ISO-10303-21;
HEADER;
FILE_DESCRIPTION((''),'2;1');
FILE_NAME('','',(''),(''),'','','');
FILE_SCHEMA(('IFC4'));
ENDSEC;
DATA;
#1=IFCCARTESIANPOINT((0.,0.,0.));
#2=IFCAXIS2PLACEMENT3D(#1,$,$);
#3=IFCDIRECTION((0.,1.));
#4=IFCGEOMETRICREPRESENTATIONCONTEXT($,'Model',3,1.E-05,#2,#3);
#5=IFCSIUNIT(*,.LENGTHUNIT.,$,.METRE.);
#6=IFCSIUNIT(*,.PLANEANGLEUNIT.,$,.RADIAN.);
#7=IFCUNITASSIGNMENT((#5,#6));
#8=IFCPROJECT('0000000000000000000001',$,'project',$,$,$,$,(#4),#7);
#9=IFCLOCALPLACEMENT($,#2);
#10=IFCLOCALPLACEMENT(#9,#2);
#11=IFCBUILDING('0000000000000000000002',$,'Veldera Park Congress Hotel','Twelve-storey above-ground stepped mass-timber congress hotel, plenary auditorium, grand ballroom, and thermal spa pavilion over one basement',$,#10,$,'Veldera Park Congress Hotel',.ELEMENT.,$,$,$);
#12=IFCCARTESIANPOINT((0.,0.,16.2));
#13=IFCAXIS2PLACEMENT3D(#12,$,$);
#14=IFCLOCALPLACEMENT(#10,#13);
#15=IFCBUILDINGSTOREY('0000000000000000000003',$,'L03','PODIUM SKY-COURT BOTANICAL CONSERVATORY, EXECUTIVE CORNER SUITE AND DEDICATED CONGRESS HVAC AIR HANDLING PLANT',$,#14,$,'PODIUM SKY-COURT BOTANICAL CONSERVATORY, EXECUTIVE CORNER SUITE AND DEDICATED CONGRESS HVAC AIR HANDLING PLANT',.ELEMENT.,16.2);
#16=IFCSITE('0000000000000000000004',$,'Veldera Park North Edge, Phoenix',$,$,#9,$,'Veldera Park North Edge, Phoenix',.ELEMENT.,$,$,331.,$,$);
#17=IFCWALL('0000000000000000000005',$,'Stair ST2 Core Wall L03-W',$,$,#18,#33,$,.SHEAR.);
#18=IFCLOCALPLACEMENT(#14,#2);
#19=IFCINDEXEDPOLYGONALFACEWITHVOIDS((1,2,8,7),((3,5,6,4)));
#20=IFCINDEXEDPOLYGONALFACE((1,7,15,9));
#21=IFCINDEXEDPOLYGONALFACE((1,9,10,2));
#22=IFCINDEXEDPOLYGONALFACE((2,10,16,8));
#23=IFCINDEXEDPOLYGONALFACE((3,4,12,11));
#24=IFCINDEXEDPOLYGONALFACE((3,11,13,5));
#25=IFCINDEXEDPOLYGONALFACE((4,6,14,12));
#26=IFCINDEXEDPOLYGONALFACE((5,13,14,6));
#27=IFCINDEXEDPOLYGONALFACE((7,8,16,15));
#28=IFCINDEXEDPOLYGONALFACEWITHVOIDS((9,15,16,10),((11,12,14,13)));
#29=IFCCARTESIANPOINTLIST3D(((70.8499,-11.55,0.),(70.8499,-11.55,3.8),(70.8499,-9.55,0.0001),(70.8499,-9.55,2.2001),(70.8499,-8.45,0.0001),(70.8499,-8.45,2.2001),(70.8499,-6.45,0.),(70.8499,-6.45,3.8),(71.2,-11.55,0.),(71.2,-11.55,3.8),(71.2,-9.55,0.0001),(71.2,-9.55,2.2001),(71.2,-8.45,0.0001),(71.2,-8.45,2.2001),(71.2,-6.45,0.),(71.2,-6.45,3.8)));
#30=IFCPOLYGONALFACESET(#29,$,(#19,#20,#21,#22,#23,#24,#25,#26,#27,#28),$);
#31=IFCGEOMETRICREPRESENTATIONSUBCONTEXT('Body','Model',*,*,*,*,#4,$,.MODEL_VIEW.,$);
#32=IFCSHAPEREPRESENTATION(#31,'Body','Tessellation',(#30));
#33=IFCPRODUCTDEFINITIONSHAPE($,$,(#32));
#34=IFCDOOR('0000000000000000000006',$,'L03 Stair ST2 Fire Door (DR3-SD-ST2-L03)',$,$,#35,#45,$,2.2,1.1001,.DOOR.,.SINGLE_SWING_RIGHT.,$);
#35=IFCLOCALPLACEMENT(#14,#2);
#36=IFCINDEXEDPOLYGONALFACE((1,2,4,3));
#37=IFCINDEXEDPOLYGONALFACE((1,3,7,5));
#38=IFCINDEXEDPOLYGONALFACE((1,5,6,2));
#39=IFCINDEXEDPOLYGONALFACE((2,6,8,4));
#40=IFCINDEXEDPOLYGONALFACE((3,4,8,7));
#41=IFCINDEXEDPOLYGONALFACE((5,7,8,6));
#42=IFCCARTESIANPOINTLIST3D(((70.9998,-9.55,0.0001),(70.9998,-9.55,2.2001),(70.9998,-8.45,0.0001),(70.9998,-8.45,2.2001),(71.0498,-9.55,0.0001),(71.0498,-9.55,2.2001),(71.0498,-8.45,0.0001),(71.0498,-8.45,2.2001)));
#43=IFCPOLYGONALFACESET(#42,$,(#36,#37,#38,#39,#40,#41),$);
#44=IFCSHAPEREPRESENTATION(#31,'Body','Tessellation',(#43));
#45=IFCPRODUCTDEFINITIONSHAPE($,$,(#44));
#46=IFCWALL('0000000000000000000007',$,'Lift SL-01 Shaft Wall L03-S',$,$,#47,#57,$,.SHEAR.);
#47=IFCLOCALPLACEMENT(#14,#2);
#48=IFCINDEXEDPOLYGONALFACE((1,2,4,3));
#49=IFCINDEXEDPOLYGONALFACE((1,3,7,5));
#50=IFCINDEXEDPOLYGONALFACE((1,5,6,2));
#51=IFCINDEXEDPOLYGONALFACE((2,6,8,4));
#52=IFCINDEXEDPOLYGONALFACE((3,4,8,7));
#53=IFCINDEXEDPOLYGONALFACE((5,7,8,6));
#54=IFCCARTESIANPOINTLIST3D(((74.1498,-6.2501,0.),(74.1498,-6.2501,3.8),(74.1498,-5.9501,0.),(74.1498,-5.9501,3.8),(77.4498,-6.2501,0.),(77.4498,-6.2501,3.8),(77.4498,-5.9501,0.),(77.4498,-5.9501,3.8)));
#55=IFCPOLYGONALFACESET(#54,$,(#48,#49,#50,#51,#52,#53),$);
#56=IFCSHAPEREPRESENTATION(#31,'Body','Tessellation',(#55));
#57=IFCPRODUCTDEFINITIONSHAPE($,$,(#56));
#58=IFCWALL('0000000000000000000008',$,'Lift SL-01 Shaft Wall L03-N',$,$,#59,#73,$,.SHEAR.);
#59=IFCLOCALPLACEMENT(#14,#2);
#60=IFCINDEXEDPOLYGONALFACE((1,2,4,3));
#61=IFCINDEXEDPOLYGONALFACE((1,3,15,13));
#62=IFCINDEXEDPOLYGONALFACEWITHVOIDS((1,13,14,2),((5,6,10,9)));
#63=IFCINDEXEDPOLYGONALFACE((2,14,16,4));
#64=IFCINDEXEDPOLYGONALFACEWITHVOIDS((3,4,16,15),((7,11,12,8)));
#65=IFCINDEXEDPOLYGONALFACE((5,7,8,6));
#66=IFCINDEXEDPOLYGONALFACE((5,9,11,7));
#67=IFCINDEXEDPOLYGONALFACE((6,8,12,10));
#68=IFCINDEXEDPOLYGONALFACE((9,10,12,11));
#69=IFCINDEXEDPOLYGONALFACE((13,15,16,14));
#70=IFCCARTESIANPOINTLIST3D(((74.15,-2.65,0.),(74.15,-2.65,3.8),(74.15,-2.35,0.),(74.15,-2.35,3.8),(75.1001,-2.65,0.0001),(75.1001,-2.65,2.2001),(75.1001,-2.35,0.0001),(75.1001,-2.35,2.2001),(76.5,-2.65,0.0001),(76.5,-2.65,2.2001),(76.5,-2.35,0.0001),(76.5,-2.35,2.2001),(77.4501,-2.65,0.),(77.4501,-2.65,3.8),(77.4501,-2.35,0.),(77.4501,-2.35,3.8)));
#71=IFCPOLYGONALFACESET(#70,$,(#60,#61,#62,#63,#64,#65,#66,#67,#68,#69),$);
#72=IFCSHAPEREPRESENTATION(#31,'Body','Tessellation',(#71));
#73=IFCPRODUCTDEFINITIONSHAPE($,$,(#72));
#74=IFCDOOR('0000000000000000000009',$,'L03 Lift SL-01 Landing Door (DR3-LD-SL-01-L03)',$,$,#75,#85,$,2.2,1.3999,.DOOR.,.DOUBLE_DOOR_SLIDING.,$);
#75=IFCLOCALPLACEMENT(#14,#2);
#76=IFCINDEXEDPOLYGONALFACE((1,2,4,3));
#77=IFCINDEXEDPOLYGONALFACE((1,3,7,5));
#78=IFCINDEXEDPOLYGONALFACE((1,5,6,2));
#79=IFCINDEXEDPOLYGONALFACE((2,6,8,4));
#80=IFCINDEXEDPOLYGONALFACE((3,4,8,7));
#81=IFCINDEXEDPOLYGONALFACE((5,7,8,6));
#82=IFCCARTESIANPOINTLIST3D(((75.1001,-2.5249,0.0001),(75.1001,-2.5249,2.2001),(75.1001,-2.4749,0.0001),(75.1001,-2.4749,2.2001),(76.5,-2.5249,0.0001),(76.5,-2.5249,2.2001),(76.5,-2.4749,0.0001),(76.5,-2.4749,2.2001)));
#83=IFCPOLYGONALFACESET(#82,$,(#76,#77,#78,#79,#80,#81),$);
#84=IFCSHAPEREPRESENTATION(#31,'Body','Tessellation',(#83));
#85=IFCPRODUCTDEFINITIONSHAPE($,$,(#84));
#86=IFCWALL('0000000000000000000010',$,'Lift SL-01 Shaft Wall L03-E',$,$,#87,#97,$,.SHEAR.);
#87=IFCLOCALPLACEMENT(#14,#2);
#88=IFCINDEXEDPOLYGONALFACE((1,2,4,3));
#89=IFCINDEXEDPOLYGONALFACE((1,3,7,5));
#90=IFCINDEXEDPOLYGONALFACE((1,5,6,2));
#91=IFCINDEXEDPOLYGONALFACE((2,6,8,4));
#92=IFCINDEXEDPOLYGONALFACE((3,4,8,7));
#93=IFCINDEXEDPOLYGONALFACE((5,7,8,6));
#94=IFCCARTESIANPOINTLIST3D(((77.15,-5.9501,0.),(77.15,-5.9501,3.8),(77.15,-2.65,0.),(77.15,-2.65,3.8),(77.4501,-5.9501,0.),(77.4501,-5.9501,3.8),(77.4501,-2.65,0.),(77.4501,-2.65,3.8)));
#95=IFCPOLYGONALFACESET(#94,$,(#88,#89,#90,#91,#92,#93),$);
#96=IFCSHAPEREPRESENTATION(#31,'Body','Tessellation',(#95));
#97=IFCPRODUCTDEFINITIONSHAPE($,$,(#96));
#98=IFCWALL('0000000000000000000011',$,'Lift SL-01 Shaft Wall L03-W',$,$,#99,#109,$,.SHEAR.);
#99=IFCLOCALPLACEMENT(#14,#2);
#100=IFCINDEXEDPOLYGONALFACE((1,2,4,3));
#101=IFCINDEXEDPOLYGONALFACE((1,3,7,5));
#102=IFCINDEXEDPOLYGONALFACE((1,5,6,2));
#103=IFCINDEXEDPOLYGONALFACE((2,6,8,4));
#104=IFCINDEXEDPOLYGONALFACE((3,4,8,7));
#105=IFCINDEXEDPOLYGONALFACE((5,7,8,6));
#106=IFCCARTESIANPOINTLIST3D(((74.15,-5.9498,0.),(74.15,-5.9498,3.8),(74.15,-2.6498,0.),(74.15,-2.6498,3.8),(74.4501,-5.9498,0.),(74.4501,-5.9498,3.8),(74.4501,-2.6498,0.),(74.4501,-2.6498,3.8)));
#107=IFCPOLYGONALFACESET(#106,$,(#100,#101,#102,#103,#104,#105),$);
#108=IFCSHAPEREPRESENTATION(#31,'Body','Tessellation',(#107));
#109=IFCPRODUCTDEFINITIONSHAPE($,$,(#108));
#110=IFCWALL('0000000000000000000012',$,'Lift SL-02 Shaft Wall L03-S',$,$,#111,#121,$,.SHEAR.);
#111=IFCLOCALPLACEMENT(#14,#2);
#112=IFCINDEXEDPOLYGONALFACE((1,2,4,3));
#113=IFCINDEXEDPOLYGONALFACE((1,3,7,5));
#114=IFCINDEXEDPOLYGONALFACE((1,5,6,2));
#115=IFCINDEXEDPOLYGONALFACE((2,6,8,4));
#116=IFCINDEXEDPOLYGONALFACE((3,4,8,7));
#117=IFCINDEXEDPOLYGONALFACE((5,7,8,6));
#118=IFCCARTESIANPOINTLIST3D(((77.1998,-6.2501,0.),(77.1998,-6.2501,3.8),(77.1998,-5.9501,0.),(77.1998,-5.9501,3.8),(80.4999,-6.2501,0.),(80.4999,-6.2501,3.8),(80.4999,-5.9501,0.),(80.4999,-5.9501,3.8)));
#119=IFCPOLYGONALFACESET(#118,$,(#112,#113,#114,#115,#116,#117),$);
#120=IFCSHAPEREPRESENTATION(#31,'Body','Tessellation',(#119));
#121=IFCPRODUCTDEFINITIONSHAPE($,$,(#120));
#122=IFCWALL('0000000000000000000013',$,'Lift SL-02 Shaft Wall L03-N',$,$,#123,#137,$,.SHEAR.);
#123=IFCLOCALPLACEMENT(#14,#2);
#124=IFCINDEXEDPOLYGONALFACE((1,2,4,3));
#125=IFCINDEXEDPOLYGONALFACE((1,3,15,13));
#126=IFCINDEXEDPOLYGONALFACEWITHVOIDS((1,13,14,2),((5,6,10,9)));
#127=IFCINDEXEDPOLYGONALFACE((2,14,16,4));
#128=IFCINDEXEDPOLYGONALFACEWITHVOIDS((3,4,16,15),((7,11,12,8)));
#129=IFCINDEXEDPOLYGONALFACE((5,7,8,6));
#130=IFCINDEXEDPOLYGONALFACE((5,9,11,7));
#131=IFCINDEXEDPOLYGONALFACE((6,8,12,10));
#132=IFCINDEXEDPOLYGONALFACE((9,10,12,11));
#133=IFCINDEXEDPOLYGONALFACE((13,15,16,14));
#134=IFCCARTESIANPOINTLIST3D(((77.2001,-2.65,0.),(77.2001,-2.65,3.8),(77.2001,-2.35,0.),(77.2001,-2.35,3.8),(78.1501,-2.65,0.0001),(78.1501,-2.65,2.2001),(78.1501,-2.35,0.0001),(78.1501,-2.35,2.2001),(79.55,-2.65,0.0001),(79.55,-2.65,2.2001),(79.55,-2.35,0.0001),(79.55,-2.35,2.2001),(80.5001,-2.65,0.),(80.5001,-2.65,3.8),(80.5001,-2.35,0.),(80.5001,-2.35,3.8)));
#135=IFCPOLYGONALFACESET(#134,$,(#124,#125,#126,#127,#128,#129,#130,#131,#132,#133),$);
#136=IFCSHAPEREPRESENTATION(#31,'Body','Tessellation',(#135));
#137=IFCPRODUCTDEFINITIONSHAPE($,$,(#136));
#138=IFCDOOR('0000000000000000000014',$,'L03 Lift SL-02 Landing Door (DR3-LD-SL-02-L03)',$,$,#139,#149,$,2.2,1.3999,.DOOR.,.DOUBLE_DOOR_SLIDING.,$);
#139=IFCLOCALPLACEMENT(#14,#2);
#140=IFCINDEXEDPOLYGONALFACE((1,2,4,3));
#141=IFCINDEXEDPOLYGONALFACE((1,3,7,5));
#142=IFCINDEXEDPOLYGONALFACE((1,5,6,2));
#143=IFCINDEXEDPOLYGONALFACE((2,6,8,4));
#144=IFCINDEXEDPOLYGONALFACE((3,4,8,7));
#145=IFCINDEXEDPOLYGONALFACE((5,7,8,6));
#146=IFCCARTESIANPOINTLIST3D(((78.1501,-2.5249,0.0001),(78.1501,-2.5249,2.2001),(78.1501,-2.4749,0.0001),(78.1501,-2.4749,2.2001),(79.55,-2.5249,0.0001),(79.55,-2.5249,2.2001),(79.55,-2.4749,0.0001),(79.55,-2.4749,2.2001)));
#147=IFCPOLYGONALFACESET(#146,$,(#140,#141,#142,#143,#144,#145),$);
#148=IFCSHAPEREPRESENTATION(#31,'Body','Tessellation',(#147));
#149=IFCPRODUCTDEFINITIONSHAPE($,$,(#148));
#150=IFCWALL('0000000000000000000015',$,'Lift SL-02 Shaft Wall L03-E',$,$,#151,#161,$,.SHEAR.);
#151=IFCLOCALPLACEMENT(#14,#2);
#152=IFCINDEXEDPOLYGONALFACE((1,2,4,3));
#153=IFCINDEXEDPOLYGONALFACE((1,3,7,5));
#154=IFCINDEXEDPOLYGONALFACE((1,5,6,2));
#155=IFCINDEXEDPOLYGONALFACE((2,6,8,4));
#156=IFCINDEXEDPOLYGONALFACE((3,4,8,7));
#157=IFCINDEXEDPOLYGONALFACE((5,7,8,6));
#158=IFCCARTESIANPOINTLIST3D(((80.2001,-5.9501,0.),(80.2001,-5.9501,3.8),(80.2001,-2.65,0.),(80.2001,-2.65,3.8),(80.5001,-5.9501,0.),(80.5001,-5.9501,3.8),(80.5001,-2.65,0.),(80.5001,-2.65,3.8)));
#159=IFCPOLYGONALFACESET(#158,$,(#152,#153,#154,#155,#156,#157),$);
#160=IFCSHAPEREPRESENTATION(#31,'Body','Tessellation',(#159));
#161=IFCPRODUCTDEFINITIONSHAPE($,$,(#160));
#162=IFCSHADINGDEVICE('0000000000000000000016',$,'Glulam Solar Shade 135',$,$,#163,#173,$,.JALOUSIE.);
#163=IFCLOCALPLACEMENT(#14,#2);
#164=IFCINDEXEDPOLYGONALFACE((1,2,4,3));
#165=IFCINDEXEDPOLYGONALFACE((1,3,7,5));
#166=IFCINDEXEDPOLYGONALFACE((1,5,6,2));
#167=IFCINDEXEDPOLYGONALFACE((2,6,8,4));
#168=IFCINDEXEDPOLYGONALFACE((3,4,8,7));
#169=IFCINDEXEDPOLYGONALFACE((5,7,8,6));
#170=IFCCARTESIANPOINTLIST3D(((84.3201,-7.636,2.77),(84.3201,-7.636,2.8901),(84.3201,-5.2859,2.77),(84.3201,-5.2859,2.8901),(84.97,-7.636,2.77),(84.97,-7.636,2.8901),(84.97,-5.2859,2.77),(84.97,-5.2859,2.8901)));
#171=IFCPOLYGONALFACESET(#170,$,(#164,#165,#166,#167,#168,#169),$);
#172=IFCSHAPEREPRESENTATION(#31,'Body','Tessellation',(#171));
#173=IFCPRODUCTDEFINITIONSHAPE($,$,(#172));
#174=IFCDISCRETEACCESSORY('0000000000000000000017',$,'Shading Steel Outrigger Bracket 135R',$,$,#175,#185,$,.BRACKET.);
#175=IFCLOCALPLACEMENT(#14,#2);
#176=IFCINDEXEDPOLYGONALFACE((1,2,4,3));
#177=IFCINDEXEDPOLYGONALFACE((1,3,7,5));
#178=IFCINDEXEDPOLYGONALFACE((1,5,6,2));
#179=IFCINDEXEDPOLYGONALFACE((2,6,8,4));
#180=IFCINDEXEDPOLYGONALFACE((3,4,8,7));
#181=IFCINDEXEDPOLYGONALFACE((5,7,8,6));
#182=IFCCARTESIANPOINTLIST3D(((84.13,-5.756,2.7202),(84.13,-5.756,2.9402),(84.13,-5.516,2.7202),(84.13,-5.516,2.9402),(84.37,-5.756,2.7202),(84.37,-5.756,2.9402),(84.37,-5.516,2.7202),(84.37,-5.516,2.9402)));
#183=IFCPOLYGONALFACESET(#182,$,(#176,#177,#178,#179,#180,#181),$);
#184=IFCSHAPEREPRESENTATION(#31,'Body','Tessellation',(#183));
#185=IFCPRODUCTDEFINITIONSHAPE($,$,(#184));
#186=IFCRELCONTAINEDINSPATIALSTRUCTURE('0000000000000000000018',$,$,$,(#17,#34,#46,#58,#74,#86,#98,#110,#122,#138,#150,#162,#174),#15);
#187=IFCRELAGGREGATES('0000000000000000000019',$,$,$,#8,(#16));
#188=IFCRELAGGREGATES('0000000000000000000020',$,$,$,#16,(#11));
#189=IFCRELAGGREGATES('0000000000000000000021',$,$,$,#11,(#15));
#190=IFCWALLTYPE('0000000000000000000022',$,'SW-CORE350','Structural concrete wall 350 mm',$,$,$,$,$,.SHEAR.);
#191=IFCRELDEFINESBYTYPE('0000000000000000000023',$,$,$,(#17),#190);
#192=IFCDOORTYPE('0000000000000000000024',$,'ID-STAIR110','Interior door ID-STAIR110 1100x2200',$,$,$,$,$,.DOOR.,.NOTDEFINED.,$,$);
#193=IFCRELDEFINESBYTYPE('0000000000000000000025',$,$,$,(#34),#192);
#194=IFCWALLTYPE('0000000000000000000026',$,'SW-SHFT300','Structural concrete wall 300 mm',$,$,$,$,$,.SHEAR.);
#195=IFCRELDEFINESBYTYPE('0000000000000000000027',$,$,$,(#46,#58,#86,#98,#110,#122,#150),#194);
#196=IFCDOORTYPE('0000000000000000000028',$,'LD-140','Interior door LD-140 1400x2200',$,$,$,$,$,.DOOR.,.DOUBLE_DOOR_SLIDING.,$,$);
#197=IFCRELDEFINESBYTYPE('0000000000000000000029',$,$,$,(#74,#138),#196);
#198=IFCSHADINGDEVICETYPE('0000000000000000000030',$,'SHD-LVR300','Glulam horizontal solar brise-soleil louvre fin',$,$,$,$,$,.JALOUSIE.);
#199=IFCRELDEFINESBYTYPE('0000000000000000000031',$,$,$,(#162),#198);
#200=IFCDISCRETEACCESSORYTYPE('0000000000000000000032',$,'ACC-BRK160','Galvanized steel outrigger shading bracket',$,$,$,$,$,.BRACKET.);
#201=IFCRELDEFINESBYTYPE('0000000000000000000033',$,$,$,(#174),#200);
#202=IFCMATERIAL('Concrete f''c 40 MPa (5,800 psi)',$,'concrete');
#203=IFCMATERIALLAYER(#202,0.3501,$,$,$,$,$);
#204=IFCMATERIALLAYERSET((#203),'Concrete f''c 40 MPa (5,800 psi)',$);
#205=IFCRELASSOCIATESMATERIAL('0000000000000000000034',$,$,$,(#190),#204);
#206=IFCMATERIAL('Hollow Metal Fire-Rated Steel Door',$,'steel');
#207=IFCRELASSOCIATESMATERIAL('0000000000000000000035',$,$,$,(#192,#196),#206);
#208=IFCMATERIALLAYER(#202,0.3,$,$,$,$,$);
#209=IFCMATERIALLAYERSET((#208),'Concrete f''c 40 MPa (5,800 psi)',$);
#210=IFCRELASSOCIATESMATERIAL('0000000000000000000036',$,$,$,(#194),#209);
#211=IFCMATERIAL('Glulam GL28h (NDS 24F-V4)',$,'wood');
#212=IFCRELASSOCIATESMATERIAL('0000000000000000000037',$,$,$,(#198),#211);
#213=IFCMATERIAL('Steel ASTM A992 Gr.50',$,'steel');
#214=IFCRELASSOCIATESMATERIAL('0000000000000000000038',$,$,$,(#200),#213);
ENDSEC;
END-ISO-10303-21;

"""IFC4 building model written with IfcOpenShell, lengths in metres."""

from ifc_helpers import new_model, si_unit, direction, frame, frame_2d, origin, origin_2d, place, context, subcontext, project, spatial, rectangle, extrude, material, layer, layer_set, type_object, element, fill, save


model = new_model("IFC4")

# Units and contexts
model_context = context("Model", 3, precision=1e-05, world=origin(), true_north=direction((0.0, 1.0)))
body_context = subcontext(model_context, "Body", "Model", "MODEL_VIEW")
ifc_project = project(units=[si_unit("LENGTHUNIT", "METRE"), si_unit("PLANEANGLEUNIT", "RADIAN")], contexts=[model_context])

# Site, building, storey
site_placement = place(None, origin())
site = spatial("IfcSite", under=ifc_project, at=site_placement, Name="Veldera Park North Edge, Phoenix", LongName="Veldera Park North Edge, Phoenix", CompositionType="ELEMENT", RefElevation=331.0)
building_placement = place(site_placement, origin())
building = spatial("IfcBuilding", under=site, at=building_placement, Name="Veldera Park Congress Hotel", Description="Twelve-storey above-ground stepped mass-timber congress hotel, plenary auditorium, grand ballroom, and thermal spa pavilion over one basement", LongName="Veldera Park Congress Hotel", CompositionType="ELEMENT")
storey_placement = place(building_placement, frame((0.0, 0.0, 16.2)))
storey = spatial("IfcBuildingStorey", under=building, at=storey_placement, Name="L03", Description="PODIUM SKY-COURT BOTANICAL CONSERVATORY, EXECUTIVE CORNER SUITE AND DEDICATED CONGRESS HVAC AIR HANDLING PLANT", LongName="PODIUM SKY-COURT BOTANICAL CONSERVATORY, EXECUTIVE CORNER SUITE AND DEDICATED CONGRESS HVAC AIR HANDLING PLANT", CompositionType="ELEMENT", Elevation=16.2)

# Shared definitions
ifc_material_1 = material(Name="Glulam GL28h (NDS 24F-V4)", Category="wood")

# Shared definitions
ifc_material_2 = material(Name="Concrete f'c 40 MPa (5,800 psi)", Category="concrete")

# Wall, opening, door
ifc_layer_1 = layer(ifc_material_2, 0.3501)
ifc_layer_set_1 = layer_set([ifc_layer_1], Name="Concrete f'c 40 MPa (5,800 psi)")
wall_type_1 = type_object("IfcWallType", Name="SW-CORE350", Description="Structural concrete wall 350 mm", PredefinedType="SHEAR", material=ifc_layer_set_1)
wall_1_placement = place(storey_placement, frame((71.0249, -6.45, 0.0), z_axis=(0.0, 0.0, 1.0), x_axis=(0.0, -1.0, 0.0)))
wall_1 = element("IfcWall", 1, at=wall_1_placement, inside=storey, type_object=wall_type_1, Name="Stair ST2 Core Wall L03-W", PredefinedType="SHEAR", context=body_context, shape_type="SweptSolid", body=[
    extrude(rectangle(XDim=5.1001, YDim=0.3501, at=frame_2d((2.55, 0.0))), origin(), (0.0, 0.0, 1.0), 3.8),
])
opening_1_placement = place(wall_1_placement, frame((2.0, 0.0, 0.0)))
opening_1 = element("IfcOpeningElement", 2, at=opening_1_placement, cuts=wall_1, PredefinedType="OPENING", context=body_context, shape_type="SweptSolid", body=[
    extrude(rectangle(XDim=1.1001, YDim=2.2, at=frame_2d((0.55, 1.1001))), frame((0.0, 0.187, 0.0), z_axis=(0.0, -1.0, 0.0), x_axis=(1.0, 0.0, 0.0)), (0.0, 0.0, 1.0), 0.374),
])
ifc_material_3 = material(Name="Hollow Metal Fire-Rated Steel Door", Category="steel")
door_type_1 = type_object("IfcDoorType", Name="ID-STAIR110", Description="Interior door ID-STAIR110 1100x2200", OperationType="NOTDEFINED", PredefinedType="DOOR", material=ifc_material_3)
door_1_placement = place(opening_1_placement, origin())
door_1 = element("IfcDoor", 3, at=door_1_placement, inside=storey, type_object=door_type_1, Name="L03 Stair ST2 Fire Door (DR3-SD-ST2-L03)", OperationType="SINGLE_SWING_RIGHT", OverallHeight=2.2, OverallWidth=1.1001, PredefinedType="DOOR", context=body_context, shape_type="SweptSolid", body=[
    extrude(rectangle(XDim=1.1001, YDim=2.2, at=frame_2d((0.55, 1.1001))), frame((0.0, 0.0249, 0.0), z_axis=(0.0, -1.0, 0.0), x_axis=(1.0, 0.0, 0.0)), (0.0, 0.0, 1.0), 0.05),
])
fill(opening_1, door_1)

# Wall
ifc_layer_2 = layer(ifc_material_2, 0.3)
ifc_layer_set_2 = layer_set([ifc_layer_2], Name="Concrete f'c 40 MPa (5,800 psi)")
wall_type_2 = type_object("IfcWallType", Name="SW-SHFT300", Description="Structural concrete wall 300 mm", PredefinedType="SHEAR", material=ifc_layer_set_2)
wall_2_placement = place(storey_placement, frame((74.1499, -6.1001, 0.0), z_axis=(0.0, 0.0, 1.0), x_axis=(1.0, 0.0, 0.0)))
element("IfcWall", 4, at=wall_2_placement, inside=storey, type_object=wall_type_2, Name="Lift SL-01 Shaft Wall L03-S", PredefinedType="SHEAR", context=body_context, shape_type="SweptSolid", body=[
    extrude(rectangle(XDim=3.3, YDim=0.3, at=frame_2d((1.6499, 0.0))), origin(), (0.0, 0.0, 1.0), 3.8),
])

# Wall, opening, door
wall_3_placement = place(storey_placement, frame((77.45, -2.5, 0.0), z_axis=(0.0, 0.0, 1.0), x_axis=(-1.0, 0.0, 0.0)))
wall_3 = element("IfcWall", 5, at=wall_3_placement, inside=storey, type_object=wall_type_2, Name="Lift SL-01 Shaft Wall L03-N", PredefinedType="SHEAR", context=body_context, shape_type="SweptSolid", body=[
    extrude(rectangle(XDim=3.3, YDim=0.3, at=frame_2d((1.6499, 0.0))), origin(), (0.0, 0.0, 1.0), 3.8),
])
opening_2_placement = place(wall_3_placement, frame((0.95, 0.0, 0.0)))
opening_2 = element("IfcOpeningElement", 6, at=opening_2_placement, cuts=wall_3, PredefinedType="OPENING", context=body_context, shape_type="SweptSolid", body=[
    extrude(rectangle(XDim=1.3999, YDim=2.2, at=frame_2d((0.7, 1.1001))), frame((0.0, 0.1621, 0.0), z_axis=(0.0, -1.0, 0.0), x_axis=(1.0, 0.0, 0.0)), (0.0, 0.0, 1.0), 0.324),
])
door_type_2 = type_object("IfcDoorType", Name="LD-140", Description="Interior door LD-140 1400x2200", OperationType="DOUBLE_DOOR_SLIDING", PredefinedType="DOOR", material=ifc_material_3)
door_2_placement = place(opening_2_placement, origin())
door_2 = element("IfcDoor", 7, at=door_2_placement, inside=storey, type_object=door_type_2, Name="L03 Lift SL-01 Landing Door (DR3-LD-SL-01-L03)", OperationType="DOUBLE_DOOR_SLIDING", OverallHeight=2.2, OverallWidth=1.3999, PredefinedType="DOOR", context=body_context, shape_type="SweptSolid", body=[
    extrude(rectangle(XDim=1.3999, YDim=2.2, at=frame_2d((0.7, 1.1001))), frame((0.0, 0.0249, 0.0), z_axis=(0.0, -1.0, 0.0), x_axis=(1.0, 0.0, 0.0)), (0.0, 0.0, 1.0), 0.05),
])
fill(opening_2, door_2)

# Walls
for number, where, z_axis, x_axis, name in (
    (8, (77.3, -5.95, 0.0), (0.0, 0.0, 1.0), (0.0, 1.0, 0.0), "Lift SL-01 Shaft Wall L03-E"),
    (9, (74.3, -2.6499, 0.0), (0.0, 0.0, 1.0), (0.0, -1.0, 0.0), "Lift SL-01 Shaft Wall L03-W"),
    (10, (77.2, -6.1001, 0.0), (0.0, 0.0, 1.0), (1.0, 0.0, 0.0), "Lift SL-02 Shaft Wall L03-S"),
):
    element("IfcWall", number, at=place(storey_placement, frame(where, z_axis=z_axis, x_axis=x_axis)), inside=storey, type_object=wall_type_2, Name=name, PredefinedType="SHEAR", context=body_context, shape_type="SweptSolid", body=[
        extrude(rectangle(XDim=3.3, YDim=0.3, at=frame_2d((1.6499, 0.0))), origin(), (0.0, 0.0, 1.0), 3.8),
    ])

# Wall, opening, door
wall_4_placement = place(storey_placement, frame((80.5, -2.5, 0.0), z_axis=(0.0, 0.0, 1.0), x_axis=(-1.0, 0.0, 0.0)))
wall_4 = element("IfcWall", 11, at=wall_4_placement, inside=storey, type_object=wall_type_2, Name="Lift SL-02 Shaft Wall L03-N", PredefinedType="SHEAR", context=body_context, shape_type="SweptSolid", body=[
    extrude(rectangle(XDim=3.3, YDim=0.3, at=frame_2d((1.6499, 0.0))), origin(), (0.0, 0.0, 1.0), 3.8),
])
opening_3_placement = place(wall_4_placement, frame((0.95, 0.0, 0.0)))
opening_3 = element("IfcOpeningElement", 12, at=opening_3_placement, cuts=wall_4, PredefinedType="OPENING", context=body_context, shape_type="SweptSolid", body=[
    extrude(rectangle(XDim=1.3999, YDim=2.2, at=frame_2d((0.7, 1.1001))), frame((0.0, 0.1621, 0.0), z_axis=(0.0, -1.0, 0.0), x_axis=(1.0, 0.0, 0.0)), (0.0, 0.0, 1.0), 0.324),
])
door_3_placement = place(opening_3_placement, origin())
door_3 = element("IfcDoor", 13, at=door_3_placement, inside=storey, type_object=door_type_2, Name="L03 Lift SL-02 Landing Door (DR3-LD-SL-02-L03)", OperationType="DOUBLE_DOOR_SLIDING", OverallHeight=2.2, OverallWidth=1.3999, PredefinedType="DOOR", context=body_context, shape_type="SweptSolid", body=[
    extrude(rectangle(XDim=1.3999, YDim=2.2, at=frame_2d((0.7, 1.1001))), frame((0.0, 0.0249, 0.0), z_axis=(0.0, -1.0, 0.0), x_axis=(1.0, 0.0, 0.0)), (0.0, 0.0, 1.0), 0.05),
])
fill(opening_3, door_3)

# Wall
wall_5_placement = place(storey_placement, frame((80.3501, -5.95, 0.0), z_axis=(0.0, 0.0, 1.0), x_axis=(0.0, 1.0, 0.0)))
element("IfcWall", 14, at=wall_5_placement, inside=storey, type_object=wall_type_2, Name="Lift SL-02 Shaft Wall L03-E", PredefinedType="SHEAR", context=body_context, shape_type="SweptSolid", body=[
    extrude(rectangle(XDim=3.3, YDim=0.3, at=frame_2d((1.6499, 0.0))), origin(), (0.0, 0.0, 1.0), 3.8),
])

# Shading device
shading_device_type = type_object("IfcShadingDeviceType", Name="SHD-LVR300", Description="Glulam horizontal solar brise-soleil louvre fin", PredefinedType="JALOUSIE", material=ifc_material_1)
shading_device_placement = place(storey_placement, frame((84.645, -6.4609, 2.77), z_axis=(0.0, 0.0, 1.0), x_axis=(0.0, 1.0, 0.0)))
element("IfcShadingDevice", 15, at=shading_device_placement, inside=storey, type_object=shading_device_type, Name="Glulam Solar Shade 135", PredefinedType="JALOUSIE", context=body_context, shape_type="SweptSolid", body=[
    extrude(rectangle(XDim=2.3501, YDim=0.6499, at=origin_2d()), origin(), (0.0, 0.0, 1.0), 0.1201),
])

# Discrete accessory
ifc_material_4 = material(Name="Steel ASTM A992 Gr.50", Category="steel")
discrete_accessory_type = type_object("IfcDiscreteAccessoryType", Name="ACC-BRK160", Description="Galvanized steel outrigger shading bracket", PredefinedType="BRACKET", material=ifc_material_4)
discrete_accessory_placement = place(storey_placement, frame((84.25, -5.636, 2.7202), z_axis=(0.0, 0.0, 1.0), x_axis=(0.0, 1.0, 0.0)))
element("IfcDiscreteAccessory", 16, at=discrete_accessory_placement, inside=storey, type_object=discrete_accessory_type, Name="Shading Steel Outrigger Bracket 135R", PredefinedType="BRACKET", context=body_context, shape_type="SweptSolid", body=[
    extrude(rectangle(XDim=0.24, YDim=0.24, at=origin_2d()), origin(), (0.0, 0.0, 1.0), 0.22),
])

save(model, "model.ifc")
